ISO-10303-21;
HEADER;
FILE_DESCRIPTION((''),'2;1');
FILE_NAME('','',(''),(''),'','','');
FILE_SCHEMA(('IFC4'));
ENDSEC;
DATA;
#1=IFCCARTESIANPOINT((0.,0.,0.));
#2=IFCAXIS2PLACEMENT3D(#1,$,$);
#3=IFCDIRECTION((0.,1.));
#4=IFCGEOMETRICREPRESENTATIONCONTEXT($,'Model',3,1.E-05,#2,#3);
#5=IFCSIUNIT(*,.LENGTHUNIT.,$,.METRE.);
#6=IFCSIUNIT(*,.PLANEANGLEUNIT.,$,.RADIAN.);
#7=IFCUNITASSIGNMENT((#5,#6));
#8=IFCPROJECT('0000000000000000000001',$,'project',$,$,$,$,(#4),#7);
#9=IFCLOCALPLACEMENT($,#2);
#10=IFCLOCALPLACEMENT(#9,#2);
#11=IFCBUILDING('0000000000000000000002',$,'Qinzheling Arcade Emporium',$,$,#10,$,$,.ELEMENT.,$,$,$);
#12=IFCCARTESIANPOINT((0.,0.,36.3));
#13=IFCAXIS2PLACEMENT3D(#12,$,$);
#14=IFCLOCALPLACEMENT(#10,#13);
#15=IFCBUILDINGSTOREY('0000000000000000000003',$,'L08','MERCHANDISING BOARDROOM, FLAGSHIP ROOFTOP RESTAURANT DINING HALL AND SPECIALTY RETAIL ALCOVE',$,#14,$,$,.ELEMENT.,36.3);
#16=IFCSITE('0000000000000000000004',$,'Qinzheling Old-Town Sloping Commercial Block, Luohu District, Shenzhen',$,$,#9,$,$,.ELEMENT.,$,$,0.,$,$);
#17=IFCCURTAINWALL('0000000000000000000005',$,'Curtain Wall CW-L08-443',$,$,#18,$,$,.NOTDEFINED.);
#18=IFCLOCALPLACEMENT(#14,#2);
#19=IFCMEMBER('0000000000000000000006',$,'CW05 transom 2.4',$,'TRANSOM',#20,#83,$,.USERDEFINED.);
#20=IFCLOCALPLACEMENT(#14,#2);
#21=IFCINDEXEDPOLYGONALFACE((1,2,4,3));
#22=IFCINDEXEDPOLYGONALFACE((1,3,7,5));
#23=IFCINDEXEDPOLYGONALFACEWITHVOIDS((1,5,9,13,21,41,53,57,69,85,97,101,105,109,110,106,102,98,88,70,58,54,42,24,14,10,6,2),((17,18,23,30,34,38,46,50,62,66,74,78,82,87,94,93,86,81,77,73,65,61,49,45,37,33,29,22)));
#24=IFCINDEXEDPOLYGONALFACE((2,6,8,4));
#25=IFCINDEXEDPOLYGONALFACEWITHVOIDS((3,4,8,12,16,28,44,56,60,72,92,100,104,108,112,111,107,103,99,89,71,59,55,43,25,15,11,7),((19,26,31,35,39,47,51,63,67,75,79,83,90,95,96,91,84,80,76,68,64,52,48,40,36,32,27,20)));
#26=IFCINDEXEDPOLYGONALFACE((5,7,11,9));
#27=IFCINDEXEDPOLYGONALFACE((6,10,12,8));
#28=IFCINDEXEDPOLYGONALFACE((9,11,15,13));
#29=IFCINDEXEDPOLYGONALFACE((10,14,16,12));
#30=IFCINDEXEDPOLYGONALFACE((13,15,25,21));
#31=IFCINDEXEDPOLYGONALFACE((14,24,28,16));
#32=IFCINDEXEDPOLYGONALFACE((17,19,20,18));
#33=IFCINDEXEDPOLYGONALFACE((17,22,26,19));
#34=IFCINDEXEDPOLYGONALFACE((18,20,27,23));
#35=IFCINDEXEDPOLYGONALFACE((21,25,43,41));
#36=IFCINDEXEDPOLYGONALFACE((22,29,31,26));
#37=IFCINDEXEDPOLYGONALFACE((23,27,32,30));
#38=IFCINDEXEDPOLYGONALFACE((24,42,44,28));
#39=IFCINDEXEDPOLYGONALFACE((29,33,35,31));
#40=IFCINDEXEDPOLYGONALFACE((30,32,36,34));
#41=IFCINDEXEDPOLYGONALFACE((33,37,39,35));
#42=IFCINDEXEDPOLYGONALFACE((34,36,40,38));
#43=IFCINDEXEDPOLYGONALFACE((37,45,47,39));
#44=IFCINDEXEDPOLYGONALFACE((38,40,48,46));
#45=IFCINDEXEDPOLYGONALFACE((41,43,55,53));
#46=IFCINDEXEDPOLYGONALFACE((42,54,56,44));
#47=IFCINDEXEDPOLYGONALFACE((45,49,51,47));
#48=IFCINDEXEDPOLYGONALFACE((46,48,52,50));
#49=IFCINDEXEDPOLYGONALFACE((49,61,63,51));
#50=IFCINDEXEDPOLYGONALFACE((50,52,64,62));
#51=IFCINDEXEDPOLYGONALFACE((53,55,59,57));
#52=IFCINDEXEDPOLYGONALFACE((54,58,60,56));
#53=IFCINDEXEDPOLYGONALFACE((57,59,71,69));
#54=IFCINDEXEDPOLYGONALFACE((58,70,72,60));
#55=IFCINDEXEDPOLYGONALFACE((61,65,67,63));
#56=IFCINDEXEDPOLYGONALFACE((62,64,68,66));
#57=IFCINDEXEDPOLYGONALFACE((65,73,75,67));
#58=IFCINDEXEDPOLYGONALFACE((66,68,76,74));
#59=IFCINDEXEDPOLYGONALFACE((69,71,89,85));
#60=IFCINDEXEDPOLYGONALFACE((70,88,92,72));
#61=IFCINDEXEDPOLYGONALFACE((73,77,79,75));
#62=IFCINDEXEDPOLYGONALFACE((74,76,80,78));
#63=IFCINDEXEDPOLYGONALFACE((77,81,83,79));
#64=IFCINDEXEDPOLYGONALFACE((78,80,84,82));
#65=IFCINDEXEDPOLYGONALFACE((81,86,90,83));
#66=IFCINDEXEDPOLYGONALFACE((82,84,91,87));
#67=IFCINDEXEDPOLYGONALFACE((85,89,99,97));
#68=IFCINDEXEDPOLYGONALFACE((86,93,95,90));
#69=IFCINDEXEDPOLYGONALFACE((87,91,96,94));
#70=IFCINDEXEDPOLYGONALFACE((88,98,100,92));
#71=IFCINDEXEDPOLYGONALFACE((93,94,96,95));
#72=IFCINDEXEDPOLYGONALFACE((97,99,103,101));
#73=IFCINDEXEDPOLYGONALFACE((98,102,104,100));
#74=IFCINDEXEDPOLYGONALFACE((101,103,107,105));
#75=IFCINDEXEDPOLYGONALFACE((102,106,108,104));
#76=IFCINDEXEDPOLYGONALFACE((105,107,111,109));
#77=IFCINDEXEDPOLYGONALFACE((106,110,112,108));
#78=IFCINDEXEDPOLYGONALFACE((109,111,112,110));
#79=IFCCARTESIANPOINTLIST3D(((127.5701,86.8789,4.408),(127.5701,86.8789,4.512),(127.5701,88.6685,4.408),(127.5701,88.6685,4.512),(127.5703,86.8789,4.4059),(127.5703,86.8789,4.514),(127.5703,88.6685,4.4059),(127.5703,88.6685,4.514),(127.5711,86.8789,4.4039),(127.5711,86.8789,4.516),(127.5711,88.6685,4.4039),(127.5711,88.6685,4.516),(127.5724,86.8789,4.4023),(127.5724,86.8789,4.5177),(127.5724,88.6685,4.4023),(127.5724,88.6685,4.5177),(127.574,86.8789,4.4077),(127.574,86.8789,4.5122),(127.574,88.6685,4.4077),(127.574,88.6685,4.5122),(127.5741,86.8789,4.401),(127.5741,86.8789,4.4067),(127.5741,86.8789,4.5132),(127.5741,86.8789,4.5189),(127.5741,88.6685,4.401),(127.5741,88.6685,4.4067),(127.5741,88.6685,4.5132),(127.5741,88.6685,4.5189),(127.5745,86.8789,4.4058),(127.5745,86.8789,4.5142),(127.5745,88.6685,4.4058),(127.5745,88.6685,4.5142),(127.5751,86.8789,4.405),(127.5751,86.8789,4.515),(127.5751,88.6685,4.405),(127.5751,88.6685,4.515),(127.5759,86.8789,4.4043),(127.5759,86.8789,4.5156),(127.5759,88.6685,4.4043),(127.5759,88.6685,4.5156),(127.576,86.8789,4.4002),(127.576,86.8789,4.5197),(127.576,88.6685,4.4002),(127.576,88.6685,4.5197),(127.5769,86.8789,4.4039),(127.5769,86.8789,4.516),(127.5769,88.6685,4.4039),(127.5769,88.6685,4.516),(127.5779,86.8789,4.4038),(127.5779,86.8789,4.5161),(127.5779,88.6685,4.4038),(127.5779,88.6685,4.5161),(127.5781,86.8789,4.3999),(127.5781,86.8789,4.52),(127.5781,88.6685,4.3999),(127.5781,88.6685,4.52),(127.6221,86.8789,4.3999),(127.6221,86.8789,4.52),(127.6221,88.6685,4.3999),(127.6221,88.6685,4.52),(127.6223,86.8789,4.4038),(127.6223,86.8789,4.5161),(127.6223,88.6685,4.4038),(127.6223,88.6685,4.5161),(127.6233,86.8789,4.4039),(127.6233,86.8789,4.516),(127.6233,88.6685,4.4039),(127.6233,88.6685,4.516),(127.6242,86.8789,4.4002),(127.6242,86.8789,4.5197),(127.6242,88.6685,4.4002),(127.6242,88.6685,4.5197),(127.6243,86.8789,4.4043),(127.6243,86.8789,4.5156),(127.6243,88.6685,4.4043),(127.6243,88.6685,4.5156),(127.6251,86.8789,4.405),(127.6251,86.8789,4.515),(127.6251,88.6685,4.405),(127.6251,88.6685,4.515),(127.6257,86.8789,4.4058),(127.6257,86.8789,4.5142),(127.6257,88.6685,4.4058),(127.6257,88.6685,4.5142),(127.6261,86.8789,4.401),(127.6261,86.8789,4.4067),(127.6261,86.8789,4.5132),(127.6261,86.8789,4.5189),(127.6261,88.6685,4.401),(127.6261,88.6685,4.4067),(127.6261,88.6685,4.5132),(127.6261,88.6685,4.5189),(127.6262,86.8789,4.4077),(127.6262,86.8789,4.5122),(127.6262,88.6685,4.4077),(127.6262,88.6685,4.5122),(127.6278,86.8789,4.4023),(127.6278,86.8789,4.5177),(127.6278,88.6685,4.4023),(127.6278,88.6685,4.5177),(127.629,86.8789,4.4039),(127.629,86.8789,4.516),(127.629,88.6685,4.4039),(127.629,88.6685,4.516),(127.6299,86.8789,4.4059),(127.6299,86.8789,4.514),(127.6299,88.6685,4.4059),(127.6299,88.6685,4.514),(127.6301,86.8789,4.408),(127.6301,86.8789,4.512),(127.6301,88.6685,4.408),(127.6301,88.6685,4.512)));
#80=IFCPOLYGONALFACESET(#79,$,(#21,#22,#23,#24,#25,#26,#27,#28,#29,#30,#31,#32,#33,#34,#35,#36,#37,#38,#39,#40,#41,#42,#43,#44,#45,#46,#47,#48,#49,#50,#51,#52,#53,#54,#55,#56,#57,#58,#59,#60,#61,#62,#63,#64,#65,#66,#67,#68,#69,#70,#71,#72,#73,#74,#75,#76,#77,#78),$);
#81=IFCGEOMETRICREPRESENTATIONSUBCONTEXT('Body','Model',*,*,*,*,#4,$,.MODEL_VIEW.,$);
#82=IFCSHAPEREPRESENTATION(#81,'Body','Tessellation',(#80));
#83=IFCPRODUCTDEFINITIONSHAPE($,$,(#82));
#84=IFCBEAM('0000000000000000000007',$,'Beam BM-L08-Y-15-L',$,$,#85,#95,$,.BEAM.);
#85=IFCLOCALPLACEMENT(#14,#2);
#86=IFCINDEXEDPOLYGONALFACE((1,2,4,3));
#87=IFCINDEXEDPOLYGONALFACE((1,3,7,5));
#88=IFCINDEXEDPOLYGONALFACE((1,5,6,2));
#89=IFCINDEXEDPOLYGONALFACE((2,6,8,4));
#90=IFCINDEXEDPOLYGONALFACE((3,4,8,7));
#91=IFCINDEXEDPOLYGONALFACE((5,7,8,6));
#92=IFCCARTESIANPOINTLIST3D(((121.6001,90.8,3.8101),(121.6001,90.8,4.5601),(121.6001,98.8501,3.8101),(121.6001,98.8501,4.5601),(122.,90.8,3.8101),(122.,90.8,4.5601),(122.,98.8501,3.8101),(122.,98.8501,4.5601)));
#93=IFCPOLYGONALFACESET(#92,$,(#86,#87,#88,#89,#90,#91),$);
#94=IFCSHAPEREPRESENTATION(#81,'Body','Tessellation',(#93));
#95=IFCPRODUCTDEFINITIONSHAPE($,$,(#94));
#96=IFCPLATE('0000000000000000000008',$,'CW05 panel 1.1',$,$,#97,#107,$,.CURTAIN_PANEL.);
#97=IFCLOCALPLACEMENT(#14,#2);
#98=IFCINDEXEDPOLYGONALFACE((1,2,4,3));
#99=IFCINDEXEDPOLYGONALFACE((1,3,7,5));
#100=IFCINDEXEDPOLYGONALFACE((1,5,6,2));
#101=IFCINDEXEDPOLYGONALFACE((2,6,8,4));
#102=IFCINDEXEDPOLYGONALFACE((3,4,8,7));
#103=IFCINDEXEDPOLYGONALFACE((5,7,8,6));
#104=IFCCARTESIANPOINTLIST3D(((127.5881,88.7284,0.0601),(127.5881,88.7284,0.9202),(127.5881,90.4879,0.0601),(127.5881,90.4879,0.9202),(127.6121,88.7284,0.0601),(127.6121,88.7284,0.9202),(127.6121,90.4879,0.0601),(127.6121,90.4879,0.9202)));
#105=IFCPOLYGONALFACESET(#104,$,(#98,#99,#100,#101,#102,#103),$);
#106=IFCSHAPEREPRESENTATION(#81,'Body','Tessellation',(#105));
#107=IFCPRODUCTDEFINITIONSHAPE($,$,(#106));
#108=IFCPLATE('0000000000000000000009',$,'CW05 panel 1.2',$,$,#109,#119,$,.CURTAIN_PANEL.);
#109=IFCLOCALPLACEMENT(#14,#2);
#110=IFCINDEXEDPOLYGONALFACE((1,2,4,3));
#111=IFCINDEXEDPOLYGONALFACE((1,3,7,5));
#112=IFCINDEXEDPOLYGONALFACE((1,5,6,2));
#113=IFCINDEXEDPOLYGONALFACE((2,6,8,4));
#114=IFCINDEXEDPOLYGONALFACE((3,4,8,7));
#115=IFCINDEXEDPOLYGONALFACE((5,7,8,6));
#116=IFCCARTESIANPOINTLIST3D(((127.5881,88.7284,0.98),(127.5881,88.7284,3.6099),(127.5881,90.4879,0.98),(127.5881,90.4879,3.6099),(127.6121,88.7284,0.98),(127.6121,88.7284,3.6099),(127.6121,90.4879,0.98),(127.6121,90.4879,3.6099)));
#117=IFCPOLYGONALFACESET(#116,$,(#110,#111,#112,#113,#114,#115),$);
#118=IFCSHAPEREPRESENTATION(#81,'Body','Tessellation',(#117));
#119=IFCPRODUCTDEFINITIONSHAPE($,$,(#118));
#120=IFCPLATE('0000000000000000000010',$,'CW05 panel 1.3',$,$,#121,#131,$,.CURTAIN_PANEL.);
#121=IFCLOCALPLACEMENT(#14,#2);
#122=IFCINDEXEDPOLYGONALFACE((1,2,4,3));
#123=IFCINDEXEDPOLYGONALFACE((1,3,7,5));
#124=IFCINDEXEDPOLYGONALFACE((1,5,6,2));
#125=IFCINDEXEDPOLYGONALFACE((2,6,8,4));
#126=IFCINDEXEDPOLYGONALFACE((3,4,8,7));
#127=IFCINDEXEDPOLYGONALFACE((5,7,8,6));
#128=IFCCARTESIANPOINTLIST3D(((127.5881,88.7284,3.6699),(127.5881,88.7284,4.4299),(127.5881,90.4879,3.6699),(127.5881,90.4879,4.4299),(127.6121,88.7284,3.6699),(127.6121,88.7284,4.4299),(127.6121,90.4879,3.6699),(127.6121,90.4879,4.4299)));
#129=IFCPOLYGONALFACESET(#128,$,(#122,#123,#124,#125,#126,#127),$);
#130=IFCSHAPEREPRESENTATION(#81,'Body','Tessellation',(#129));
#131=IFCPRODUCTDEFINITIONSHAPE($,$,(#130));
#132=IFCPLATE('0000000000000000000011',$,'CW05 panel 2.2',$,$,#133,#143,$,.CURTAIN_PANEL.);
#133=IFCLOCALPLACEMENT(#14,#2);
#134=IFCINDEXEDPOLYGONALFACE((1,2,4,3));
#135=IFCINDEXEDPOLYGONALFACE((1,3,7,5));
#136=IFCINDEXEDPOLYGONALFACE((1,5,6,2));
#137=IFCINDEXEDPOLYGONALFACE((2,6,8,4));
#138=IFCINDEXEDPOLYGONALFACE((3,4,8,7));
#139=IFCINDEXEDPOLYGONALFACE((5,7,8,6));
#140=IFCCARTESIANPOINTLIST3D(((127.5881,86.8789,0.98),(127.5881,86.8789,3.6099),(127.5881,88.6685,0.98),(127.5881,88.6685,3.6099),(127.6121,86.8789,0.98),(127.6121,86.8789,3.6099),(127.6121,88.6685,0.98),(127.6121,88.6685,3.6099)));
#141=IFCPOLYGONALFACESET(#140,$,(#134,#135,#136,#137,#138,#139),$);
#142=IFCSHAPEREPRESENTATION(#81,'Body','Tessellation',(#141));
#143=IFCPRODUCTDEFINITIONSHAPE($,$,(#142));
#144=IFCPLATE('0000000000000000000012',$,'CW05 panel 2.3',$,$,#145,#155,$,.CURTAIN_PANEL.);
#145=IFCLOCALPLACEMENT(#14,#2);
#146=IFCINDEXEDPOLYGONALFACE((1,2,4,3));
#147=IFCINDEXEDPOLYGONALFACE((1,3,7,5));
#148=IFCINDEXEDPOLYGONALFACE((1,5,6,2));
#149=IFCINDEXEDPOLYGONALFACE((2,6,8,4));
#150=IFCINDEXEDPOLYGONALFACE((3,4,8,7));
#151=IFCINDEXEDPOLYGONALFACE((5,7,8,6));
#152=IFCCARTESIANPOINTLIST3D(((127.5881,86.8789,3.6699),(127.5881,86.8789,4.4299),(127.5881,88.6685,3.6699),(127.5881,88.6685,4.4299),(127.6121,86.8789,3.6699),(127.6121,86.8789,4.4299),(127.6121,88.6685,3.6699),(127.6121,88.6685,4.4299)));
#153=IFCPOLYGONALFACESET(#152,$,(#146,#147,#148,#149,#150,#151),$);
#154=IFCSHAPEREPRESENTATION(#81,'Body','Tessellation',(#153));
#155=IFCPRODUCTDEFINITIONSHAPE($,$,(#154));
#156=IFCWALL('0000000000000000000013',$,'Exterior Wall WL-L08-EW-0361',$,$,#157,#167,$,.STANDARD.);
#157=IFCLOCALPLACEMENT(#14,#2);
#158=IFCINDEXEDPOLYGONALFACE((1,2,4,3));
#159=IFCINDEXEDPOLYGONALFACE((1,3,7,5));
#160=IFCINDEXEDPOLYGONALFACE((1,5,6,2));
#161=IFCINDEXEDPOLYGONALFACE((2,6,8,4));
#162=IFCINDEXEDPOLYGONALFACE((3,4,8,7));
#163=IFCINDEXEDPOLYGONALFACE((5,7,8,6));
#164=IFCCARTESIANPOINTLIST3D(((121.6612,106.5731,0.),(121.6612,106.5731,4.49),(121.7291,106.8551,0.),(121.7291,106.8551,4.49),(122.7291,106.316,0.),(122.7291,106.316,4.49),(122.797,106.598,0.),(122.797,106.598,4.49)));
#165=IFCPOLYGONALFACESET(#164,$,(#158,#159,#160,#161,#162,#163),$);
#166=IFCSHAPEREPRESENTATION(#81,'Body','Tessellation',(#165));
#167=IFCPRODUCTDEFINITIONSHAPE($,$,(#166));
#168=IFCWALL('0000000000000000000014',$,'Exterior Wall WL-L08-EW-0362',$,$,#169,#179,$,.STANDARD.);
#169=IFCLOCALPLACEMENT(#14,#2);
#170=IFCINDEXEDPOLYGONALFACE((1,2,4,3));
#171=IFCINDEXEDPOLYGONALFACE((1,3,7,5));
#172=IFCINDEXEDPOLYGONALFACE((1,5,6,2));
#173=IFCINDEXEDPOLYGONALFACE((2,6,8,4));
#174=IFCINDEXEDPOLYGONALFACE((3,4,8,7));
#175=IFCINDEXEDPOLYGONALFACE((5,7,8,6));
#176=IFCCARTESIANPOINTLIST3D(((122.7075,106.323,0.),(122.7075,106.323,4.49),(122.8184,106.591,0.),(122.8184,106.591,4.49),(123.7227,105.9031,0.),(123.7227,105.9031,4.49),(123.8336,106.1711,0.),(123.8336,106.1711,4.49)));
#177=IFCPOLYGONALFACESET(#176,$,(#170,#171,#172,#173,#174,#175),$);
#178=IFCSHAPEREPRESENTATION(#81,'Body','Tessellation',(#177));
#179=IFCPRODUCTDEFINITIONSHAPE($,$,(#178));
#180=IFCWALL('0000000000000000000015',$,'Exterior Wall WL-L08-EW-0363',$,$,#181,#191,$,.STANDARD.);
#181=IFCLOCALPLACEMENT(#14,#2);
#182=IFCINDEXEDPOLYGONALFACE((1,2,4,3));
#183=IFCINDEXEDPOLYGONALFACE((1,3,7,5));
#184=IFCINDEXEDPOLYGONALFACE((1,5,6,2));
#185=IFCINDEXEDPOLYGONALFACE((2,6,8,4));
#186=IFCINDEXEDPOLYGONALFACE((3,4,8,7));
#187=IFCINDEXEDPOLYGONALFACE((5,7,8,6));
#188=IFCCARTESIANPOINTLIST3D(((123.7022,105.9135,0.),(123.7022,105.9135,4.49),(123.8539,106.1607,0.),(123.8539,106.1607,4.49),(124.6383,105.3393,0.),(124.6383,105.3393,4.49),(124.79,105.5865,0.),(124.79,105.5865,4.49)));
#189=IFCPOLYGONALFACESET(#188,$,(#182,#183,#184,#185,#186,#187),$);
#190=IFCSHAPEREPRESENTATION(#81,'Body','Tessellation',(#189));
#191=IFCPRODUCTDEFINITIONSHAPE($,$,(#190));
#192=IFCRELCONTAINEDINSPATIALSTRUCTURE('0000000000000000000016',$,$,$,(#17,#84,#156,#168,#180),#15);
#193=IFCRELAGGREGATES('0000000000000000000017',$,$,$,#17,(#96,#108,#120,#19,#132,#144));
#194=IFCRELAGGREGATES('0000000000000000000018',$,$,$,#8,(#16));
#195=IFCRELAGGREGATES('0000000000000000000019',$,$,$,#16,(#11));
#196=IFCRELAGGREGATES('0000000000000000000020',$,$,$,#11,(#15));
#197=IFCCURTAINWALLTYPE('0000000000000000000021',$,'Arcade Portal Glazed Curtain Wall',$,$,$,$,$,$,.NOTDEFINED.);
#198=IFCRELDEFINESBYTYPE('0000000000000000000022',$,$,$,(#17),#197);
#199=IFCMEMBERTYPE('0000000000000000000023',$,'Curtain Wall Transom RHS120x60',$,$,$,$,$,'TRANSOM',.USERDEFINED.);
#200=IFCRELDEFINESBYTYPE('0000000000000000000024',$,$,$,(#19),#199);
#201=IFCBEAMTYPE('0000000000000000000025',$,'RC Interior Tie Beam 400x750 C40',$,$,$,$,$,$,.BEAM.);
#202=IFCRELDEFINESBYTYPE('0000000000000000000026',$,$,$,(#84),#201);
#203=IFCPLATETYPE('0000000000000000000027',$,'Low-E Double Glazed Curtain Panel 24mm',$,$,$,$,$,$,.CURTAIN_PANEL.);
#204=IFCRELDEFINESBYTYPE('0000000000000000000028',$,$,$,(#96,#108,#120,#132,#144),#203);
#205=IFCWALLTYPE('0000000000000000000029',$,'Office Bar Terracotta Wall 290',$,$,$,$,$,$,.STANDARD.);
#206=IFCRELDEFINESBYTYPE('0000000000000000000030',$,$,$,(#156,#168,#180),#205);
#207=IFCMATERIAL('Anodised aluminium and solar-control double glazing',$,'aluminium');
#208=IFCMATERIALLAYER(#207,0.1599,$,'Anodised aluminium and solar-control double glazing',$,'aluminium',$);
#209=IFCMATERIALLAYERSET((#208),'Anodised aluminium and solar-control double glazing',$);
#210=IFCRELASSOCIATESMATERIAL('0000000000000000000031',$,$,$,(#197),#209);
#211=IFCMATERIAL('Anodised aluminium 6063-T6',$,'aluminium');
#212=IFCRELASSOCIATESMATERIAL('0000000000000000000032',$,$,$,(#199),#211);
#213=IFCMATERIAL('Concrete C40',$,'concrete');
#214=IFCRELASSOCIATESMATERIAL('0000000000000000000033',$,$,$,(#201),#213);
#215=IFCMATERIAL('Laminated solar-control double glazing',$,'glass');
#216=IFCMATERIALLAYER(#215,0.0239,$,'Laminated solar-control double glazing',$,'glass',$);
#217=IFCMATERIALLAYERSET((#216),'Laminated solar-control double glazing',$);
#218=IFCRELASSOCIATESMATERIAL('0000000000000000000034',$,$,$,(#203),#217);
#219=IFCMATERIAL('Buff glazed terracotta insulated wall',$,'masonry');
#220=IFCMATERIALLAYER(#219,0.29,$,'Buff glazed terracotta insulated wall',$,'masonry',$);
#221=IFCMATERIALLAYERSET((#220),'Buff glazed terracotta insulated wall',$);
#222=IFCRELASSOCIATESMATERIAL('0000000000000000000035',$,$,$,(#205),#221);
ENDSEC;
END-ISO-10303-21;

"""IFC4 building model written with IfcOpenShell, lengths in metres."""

from ifc_helpers import new_model, si_unit, direction, frame, frame_2d, origin, origin_2d, place, context, subcontext, project, spatial, rectangle, hollow_rectangle, extrude, material, layer, layer_set, material_profile, profile_set, type_object, element, aggregate, save


model = new_model("IFC4")

# Units and contexts
model_context = context("Model", 3, precision=1e-05, world=origin(), true_north=direction((0.0, 1.0)))
body_context = subcontext(model_context, "Body", "Model", "MODEL_VIEW")
ifc_project = project(units=[si_unit("LENGTHUNIT", "METRE"), si_unit("PLANEANGLEUNIT", "RADIAN")], contexts=[model_context])

# Site, building, storey
site_placement = place(None, origin())
site = spatial("IfcSite", under=ifc_project, at=site_placement, Name="Qinzheling Old-Town Sloping Commercial Block, Luohu District, Shenzhen", CompositionType="ELEMENT", RefElevation=0.0)
building_placement = place(site_placement, origin())
building = spatial("IfcBuilding", under=site, at=building_placement, Name="Qinzheling Arcade Emporium", CompositionType="ELEMENT")
storey_placement = place(building_placement, frame((0.0, 0.0, 36.3)))
storey = spatial("IfcBuildingStorey", under=building, at=storey_placement, Name="L08", Description="MERCHANDISING BOARDROOM, FLAGSHIP ROOFTOP RESTAURANT DINING HALL AND SPECIALTY RETAIL ALCOVE", CompositionType="ELEMENT", Elevation=36.3)

# Curtain wall, member
ifc_material_1 = material(Name="Anodised aluminium and solar-control double glazing", Category="aluminium")
ifc_layer_1 = layer(ifc_material_1, 0.1599, Name="Anodised aluminium and solar-control double glazing", Category="aluminium")
ifc_layer_set_1 = layer_set([ifc_layer_1], Name="Anodised aluminium and solar-control double glazing")
curtain_wall_type = type_object("IfcCurtainWallType", Name="Arcade Portal Glazed Curtain Wall", PredefinedType="NOTDEFINED", material=ifc_layer_set_1)
curtain_wall_placement = place(storey_placement, origin())
curtain_wall = element("IfcCurtainWall", 1, at=curtain_wall_placement, inside=storey, type_object=curtain_wall_type, Name="Curtain Wall CW-L08-443", PredefinedType="NOTDEFINED")
ifc_material_2 = material(Name="Anodised aluminium 6063-T6", Category="aluminium")
ifc_material_profile_1 = material_profile(ifc_material_2, hollow_rectangle(XDim=0.0601, YDim=0.1201, WallThickness=0.0039, InnerFilletRadius=0.0039, OuterFilletRadius=0.0081, at=origin_2d()), Name="RHS 120x60x4", Category="aluminium")
ifc_profile_set_1 = profile_set([ifc_material_profile_1], Name="Anodised aluminium 6063-T6")
member_type_1 = type_object("IfcMemberType", Name="Curtain Wall Transom RHS120x60", ElementType="TRANSOM", PredefinedType="USERDEFINED", material=ifc_profile_set_1)
member_1_placement = place(storey_placement, frame((127.6001, 88.6685, 4.46), z_axis=(0.0, -1.0, 0.0), x_axis=(1.0, 0.0, 0.0)))
member_1 = element("IfcMember", 2, at=member_1_placement, type_object=member_type_1, Name="CW05 transom 2.4", ObjectType="TRANSOM", PredefinedType="USERDEFINED", context=body_context, shape_type="SweptSolid", body=[
    extrude(hollow_rectangle(XDim=0.0601, YDim=0.1201, WallThickness=0.0039, InnerFilletRadius=0.0039, OuterFilletRadius=0.0081, at=origin_2d()), origin(), (0.0, 0.0, 1.0), 1.7896),
])

# Beam
ifc_material_3 = material(Name="Concrete C40", Category="concrete")
ifc_material_profile_2 = material_profile(ifc_material_3, rectangle(XDim=0.3999, YDim=0.75, at=origin_2d()), Name="RC 400x750", Category="concrete")
ifc_profile_set_2 = profile_set([ifc_material_profile_2], Name="Concrete C40")
beam_type = type_object("IfcBeamType", Name="RC Interior Tie Beam 400x750 C40", PredefinedType="BEAM", material=ifc_profile_set_2)
beam_placement = place(storey_placement, frame((121.8, 90.8, 4.1851), z_axis=(0.0, 1.0, 0.0), x_axis=(-1.0, 0.0, 0.0)))
element("IfcBeam", 3, at=beam_placement, inside=storey, type_object=beam_type, Name="Beam BM-L08-Y-15-L", PredefinedType="BEAM", context=body_context, shape_type="SweptSolid", body=[
    extrude(rectangle(XDim=0.3999, YDim=0.75, at=origin_2d()), origin(), (0.0, 0.0, 1.0), 8.05),
])

# Plates
ifc_material_4 = material(Name="Laminated solar-control double glazing", Category="glass")
ifc_layer_2 = layer(ifc_material_4, 0.0239, Name="Laminated solar-control double glazing", Category="glass")
ifc_layer_set_2 = layer_set([ifc_layer_2], Name="Laminated solar-control double glazing")
plate_type = type_object("IfcPlateType", Name="Low-E Double Glazed Curtain Panel 24mm", PredefinedType="CURTAIN_PANEL", material=ifc_layer_set_2)
plate_1_placement = place(storey_placement, frame((127.6001, 89.6082, 0.0601), z_axis=(0.0, 0.0, 1.0), x_axis=(0.0, -1.0, 0.0)))
plate_1 = element("IfcPlate", 4, at=plate_1_placement, type_object=plate_type, Name="CW05 panel 1.1", PredefinedType="CURTAIN_PANEL", context=body_context, shape_type="SweptSolid", body=[
    extrude(rectangle(XDim=1.7595, YDim=0.0239, at=origin_2d()), origin(), (0.0, 0.0, 1.0), 0.8601),
])
plate_2_placement = place(storey_placement, frame((127.6001, 89.6082, 0.98), z_axis=(0.0, 0.0, 1.0), x_axis=(0.0, -1.0, 0.0)))
plate_2 = element("IfcPlate", 5, at=plate_2_placement, type_object=plate_type, Name="CW05 panel 1.2", PredefinedType="CURTAIN_PANEL", context=body_context, shape_type="SweptSolid", body=[
    extrude(rectangle(XDim=1.7595, YDim=0.0239, at=origin_2d()), origin(), (0.0, 0.0, 1.0), 2.6299),
])
plate_3_placement = place(storey_placement, frame((127.6001, 89.6082, 3.6699), z_axis=(0.0, 0.0, 1.0), x_axis=(0.0, -1.0, 0.0)))
plate_3 = element("IfcPlate", 6, at=plate_3_placement, type_object=plate_type, Name="CW05 panel 1.3", PredefinedType="CURTAIN_PANEL", context=body_context, shape_type="SweptSolid", body=[
    extrude(rectangle(XDim=1.7595, YDim=0.0239, at=origin_2d()), origin(), (0.0, 0.0, 1.0), 0.76),
])
plate_4_placement = place(storey_placement, frame((127.6001, 87.7737, 0.98), z_axis=(0.0, 0.0, 1.0), x_axis=(0.0, -1.0, 0.0)))
plate_4 = element("IfcPlate", 7, at=plate_4_placement, type_object=plate_type, Name="CW05 panel 2.2", PredefinedType="CURTAIN_PANEL", context=body_context, shape_type="SweptSolid", body=[
    extrude(rectangle(XDim=1.7896, YDim=0.0239, at=origin_2d()), origin(), (0.0, 0.0, 1.0), 2.6299),
])
plate_5_placement = place(storey_placement, frame((127.6001, 87.7737, 3.6699), z_axis=(0.0, 0.0, 1.0), x_axis=(0.0, -1.0, 0.0)))
plate_5 = element("IfcPlate", 8, at=plate_5_placement, type_object=plate_type, Name="CW05 panel 2.3", PredefinedType="CURTAIN_PANEL", context=body_context, shape_type="SweptSolid", body=[
    extrude(rectangle(XDim=1.7896, YDim=0.0239, at=origin_2d()), origin(), (0.0, 0.0, 1.0), 0.76),
])
aggregate(curtain_wall, [plate_1, plate_2, plate_3, member_1, plate_4, plate_5])

# Walls
ifc_material_5 = material(Name="Buff glazed terracotta insulated wall", Category="masonry")
ifc_layer_3 = layer(ifc_material_5, 0.29, Name="Buff glazed terracotta insulated wall", Category="masonry")
ifc_layer_set_3 = layer_set([ifc_layer_3], Name="Buff glazed terracotta insulated wall")
wall_type = type_object("IfcWallType", Name="Office Bar Terracotta Wall 290", PredefinedType="STANDARD", material=ifc_layer_set_3)
wall_1_placement = place(storey_placement, frame((121.6951, 106.7141, 0.0), z_axis=(0.0, 0.0, 1.0), x_axis=(0.972224, -0.234054, 0.0)))
element("IfcWall", 9, at=wall_1_placement, inside=storey, type_object=wall_type, Name="Exterior Wall WL-L08-EW-0361", PredefinedType="STANDARD", context=body_context, shape_type="SweptSolid", body=[
    extrude(rectangle(XDim=1.0984, YDim=0.29, at=frame_2d((0.5493, 0.0))), origin(), (0.0, 0.0, 1.0), 4.49),
])
wall_2_placement = place(storey_placement, frame((122.7629, 106.457, 0.0), z_axis=(0.0, 0.0, 1.0), x_axis=(0.92406, -0.382247, 0.0)))
element("IfcWall", 10, at=wall_2_placement, inside=storey, type_object=wall_type, Name="Exterior Wall WL-L08-EW-0362", PredefinedType="STANDARD", context=body_context, shape_type="SweptSolid", body=[
    extrude(rectangle(XDim=1.0986, YDim=0.29, at=frame_2d((0.5493, 0.0))), origin(), (0.0, 0.0, 1.0), 4.49),
])
wall_3_placement = place(storey_placement, frame((123.7781, 106.0371, 0.0), z_axis=(0.0, 0.0, 1.0), x_axis=(0.85239, -0.522906, 0.0)))
element("IfcWall", 11, at=wall_3_placement, inside=storey, type_object=wall_type, Name="Exterior Wall WL-L08-EW-0363", PredefinedType="STANDARD", context=body_context, shape_type="SweptSolid", body=[
    extrude(rectangle(XDim=1.0981, YDim=0.29, at=frame_2d((0.5491, 0.0))), origin(), (0.0, 0.0, 1.0), 4.49),
])

save(model, "model.ifc")
